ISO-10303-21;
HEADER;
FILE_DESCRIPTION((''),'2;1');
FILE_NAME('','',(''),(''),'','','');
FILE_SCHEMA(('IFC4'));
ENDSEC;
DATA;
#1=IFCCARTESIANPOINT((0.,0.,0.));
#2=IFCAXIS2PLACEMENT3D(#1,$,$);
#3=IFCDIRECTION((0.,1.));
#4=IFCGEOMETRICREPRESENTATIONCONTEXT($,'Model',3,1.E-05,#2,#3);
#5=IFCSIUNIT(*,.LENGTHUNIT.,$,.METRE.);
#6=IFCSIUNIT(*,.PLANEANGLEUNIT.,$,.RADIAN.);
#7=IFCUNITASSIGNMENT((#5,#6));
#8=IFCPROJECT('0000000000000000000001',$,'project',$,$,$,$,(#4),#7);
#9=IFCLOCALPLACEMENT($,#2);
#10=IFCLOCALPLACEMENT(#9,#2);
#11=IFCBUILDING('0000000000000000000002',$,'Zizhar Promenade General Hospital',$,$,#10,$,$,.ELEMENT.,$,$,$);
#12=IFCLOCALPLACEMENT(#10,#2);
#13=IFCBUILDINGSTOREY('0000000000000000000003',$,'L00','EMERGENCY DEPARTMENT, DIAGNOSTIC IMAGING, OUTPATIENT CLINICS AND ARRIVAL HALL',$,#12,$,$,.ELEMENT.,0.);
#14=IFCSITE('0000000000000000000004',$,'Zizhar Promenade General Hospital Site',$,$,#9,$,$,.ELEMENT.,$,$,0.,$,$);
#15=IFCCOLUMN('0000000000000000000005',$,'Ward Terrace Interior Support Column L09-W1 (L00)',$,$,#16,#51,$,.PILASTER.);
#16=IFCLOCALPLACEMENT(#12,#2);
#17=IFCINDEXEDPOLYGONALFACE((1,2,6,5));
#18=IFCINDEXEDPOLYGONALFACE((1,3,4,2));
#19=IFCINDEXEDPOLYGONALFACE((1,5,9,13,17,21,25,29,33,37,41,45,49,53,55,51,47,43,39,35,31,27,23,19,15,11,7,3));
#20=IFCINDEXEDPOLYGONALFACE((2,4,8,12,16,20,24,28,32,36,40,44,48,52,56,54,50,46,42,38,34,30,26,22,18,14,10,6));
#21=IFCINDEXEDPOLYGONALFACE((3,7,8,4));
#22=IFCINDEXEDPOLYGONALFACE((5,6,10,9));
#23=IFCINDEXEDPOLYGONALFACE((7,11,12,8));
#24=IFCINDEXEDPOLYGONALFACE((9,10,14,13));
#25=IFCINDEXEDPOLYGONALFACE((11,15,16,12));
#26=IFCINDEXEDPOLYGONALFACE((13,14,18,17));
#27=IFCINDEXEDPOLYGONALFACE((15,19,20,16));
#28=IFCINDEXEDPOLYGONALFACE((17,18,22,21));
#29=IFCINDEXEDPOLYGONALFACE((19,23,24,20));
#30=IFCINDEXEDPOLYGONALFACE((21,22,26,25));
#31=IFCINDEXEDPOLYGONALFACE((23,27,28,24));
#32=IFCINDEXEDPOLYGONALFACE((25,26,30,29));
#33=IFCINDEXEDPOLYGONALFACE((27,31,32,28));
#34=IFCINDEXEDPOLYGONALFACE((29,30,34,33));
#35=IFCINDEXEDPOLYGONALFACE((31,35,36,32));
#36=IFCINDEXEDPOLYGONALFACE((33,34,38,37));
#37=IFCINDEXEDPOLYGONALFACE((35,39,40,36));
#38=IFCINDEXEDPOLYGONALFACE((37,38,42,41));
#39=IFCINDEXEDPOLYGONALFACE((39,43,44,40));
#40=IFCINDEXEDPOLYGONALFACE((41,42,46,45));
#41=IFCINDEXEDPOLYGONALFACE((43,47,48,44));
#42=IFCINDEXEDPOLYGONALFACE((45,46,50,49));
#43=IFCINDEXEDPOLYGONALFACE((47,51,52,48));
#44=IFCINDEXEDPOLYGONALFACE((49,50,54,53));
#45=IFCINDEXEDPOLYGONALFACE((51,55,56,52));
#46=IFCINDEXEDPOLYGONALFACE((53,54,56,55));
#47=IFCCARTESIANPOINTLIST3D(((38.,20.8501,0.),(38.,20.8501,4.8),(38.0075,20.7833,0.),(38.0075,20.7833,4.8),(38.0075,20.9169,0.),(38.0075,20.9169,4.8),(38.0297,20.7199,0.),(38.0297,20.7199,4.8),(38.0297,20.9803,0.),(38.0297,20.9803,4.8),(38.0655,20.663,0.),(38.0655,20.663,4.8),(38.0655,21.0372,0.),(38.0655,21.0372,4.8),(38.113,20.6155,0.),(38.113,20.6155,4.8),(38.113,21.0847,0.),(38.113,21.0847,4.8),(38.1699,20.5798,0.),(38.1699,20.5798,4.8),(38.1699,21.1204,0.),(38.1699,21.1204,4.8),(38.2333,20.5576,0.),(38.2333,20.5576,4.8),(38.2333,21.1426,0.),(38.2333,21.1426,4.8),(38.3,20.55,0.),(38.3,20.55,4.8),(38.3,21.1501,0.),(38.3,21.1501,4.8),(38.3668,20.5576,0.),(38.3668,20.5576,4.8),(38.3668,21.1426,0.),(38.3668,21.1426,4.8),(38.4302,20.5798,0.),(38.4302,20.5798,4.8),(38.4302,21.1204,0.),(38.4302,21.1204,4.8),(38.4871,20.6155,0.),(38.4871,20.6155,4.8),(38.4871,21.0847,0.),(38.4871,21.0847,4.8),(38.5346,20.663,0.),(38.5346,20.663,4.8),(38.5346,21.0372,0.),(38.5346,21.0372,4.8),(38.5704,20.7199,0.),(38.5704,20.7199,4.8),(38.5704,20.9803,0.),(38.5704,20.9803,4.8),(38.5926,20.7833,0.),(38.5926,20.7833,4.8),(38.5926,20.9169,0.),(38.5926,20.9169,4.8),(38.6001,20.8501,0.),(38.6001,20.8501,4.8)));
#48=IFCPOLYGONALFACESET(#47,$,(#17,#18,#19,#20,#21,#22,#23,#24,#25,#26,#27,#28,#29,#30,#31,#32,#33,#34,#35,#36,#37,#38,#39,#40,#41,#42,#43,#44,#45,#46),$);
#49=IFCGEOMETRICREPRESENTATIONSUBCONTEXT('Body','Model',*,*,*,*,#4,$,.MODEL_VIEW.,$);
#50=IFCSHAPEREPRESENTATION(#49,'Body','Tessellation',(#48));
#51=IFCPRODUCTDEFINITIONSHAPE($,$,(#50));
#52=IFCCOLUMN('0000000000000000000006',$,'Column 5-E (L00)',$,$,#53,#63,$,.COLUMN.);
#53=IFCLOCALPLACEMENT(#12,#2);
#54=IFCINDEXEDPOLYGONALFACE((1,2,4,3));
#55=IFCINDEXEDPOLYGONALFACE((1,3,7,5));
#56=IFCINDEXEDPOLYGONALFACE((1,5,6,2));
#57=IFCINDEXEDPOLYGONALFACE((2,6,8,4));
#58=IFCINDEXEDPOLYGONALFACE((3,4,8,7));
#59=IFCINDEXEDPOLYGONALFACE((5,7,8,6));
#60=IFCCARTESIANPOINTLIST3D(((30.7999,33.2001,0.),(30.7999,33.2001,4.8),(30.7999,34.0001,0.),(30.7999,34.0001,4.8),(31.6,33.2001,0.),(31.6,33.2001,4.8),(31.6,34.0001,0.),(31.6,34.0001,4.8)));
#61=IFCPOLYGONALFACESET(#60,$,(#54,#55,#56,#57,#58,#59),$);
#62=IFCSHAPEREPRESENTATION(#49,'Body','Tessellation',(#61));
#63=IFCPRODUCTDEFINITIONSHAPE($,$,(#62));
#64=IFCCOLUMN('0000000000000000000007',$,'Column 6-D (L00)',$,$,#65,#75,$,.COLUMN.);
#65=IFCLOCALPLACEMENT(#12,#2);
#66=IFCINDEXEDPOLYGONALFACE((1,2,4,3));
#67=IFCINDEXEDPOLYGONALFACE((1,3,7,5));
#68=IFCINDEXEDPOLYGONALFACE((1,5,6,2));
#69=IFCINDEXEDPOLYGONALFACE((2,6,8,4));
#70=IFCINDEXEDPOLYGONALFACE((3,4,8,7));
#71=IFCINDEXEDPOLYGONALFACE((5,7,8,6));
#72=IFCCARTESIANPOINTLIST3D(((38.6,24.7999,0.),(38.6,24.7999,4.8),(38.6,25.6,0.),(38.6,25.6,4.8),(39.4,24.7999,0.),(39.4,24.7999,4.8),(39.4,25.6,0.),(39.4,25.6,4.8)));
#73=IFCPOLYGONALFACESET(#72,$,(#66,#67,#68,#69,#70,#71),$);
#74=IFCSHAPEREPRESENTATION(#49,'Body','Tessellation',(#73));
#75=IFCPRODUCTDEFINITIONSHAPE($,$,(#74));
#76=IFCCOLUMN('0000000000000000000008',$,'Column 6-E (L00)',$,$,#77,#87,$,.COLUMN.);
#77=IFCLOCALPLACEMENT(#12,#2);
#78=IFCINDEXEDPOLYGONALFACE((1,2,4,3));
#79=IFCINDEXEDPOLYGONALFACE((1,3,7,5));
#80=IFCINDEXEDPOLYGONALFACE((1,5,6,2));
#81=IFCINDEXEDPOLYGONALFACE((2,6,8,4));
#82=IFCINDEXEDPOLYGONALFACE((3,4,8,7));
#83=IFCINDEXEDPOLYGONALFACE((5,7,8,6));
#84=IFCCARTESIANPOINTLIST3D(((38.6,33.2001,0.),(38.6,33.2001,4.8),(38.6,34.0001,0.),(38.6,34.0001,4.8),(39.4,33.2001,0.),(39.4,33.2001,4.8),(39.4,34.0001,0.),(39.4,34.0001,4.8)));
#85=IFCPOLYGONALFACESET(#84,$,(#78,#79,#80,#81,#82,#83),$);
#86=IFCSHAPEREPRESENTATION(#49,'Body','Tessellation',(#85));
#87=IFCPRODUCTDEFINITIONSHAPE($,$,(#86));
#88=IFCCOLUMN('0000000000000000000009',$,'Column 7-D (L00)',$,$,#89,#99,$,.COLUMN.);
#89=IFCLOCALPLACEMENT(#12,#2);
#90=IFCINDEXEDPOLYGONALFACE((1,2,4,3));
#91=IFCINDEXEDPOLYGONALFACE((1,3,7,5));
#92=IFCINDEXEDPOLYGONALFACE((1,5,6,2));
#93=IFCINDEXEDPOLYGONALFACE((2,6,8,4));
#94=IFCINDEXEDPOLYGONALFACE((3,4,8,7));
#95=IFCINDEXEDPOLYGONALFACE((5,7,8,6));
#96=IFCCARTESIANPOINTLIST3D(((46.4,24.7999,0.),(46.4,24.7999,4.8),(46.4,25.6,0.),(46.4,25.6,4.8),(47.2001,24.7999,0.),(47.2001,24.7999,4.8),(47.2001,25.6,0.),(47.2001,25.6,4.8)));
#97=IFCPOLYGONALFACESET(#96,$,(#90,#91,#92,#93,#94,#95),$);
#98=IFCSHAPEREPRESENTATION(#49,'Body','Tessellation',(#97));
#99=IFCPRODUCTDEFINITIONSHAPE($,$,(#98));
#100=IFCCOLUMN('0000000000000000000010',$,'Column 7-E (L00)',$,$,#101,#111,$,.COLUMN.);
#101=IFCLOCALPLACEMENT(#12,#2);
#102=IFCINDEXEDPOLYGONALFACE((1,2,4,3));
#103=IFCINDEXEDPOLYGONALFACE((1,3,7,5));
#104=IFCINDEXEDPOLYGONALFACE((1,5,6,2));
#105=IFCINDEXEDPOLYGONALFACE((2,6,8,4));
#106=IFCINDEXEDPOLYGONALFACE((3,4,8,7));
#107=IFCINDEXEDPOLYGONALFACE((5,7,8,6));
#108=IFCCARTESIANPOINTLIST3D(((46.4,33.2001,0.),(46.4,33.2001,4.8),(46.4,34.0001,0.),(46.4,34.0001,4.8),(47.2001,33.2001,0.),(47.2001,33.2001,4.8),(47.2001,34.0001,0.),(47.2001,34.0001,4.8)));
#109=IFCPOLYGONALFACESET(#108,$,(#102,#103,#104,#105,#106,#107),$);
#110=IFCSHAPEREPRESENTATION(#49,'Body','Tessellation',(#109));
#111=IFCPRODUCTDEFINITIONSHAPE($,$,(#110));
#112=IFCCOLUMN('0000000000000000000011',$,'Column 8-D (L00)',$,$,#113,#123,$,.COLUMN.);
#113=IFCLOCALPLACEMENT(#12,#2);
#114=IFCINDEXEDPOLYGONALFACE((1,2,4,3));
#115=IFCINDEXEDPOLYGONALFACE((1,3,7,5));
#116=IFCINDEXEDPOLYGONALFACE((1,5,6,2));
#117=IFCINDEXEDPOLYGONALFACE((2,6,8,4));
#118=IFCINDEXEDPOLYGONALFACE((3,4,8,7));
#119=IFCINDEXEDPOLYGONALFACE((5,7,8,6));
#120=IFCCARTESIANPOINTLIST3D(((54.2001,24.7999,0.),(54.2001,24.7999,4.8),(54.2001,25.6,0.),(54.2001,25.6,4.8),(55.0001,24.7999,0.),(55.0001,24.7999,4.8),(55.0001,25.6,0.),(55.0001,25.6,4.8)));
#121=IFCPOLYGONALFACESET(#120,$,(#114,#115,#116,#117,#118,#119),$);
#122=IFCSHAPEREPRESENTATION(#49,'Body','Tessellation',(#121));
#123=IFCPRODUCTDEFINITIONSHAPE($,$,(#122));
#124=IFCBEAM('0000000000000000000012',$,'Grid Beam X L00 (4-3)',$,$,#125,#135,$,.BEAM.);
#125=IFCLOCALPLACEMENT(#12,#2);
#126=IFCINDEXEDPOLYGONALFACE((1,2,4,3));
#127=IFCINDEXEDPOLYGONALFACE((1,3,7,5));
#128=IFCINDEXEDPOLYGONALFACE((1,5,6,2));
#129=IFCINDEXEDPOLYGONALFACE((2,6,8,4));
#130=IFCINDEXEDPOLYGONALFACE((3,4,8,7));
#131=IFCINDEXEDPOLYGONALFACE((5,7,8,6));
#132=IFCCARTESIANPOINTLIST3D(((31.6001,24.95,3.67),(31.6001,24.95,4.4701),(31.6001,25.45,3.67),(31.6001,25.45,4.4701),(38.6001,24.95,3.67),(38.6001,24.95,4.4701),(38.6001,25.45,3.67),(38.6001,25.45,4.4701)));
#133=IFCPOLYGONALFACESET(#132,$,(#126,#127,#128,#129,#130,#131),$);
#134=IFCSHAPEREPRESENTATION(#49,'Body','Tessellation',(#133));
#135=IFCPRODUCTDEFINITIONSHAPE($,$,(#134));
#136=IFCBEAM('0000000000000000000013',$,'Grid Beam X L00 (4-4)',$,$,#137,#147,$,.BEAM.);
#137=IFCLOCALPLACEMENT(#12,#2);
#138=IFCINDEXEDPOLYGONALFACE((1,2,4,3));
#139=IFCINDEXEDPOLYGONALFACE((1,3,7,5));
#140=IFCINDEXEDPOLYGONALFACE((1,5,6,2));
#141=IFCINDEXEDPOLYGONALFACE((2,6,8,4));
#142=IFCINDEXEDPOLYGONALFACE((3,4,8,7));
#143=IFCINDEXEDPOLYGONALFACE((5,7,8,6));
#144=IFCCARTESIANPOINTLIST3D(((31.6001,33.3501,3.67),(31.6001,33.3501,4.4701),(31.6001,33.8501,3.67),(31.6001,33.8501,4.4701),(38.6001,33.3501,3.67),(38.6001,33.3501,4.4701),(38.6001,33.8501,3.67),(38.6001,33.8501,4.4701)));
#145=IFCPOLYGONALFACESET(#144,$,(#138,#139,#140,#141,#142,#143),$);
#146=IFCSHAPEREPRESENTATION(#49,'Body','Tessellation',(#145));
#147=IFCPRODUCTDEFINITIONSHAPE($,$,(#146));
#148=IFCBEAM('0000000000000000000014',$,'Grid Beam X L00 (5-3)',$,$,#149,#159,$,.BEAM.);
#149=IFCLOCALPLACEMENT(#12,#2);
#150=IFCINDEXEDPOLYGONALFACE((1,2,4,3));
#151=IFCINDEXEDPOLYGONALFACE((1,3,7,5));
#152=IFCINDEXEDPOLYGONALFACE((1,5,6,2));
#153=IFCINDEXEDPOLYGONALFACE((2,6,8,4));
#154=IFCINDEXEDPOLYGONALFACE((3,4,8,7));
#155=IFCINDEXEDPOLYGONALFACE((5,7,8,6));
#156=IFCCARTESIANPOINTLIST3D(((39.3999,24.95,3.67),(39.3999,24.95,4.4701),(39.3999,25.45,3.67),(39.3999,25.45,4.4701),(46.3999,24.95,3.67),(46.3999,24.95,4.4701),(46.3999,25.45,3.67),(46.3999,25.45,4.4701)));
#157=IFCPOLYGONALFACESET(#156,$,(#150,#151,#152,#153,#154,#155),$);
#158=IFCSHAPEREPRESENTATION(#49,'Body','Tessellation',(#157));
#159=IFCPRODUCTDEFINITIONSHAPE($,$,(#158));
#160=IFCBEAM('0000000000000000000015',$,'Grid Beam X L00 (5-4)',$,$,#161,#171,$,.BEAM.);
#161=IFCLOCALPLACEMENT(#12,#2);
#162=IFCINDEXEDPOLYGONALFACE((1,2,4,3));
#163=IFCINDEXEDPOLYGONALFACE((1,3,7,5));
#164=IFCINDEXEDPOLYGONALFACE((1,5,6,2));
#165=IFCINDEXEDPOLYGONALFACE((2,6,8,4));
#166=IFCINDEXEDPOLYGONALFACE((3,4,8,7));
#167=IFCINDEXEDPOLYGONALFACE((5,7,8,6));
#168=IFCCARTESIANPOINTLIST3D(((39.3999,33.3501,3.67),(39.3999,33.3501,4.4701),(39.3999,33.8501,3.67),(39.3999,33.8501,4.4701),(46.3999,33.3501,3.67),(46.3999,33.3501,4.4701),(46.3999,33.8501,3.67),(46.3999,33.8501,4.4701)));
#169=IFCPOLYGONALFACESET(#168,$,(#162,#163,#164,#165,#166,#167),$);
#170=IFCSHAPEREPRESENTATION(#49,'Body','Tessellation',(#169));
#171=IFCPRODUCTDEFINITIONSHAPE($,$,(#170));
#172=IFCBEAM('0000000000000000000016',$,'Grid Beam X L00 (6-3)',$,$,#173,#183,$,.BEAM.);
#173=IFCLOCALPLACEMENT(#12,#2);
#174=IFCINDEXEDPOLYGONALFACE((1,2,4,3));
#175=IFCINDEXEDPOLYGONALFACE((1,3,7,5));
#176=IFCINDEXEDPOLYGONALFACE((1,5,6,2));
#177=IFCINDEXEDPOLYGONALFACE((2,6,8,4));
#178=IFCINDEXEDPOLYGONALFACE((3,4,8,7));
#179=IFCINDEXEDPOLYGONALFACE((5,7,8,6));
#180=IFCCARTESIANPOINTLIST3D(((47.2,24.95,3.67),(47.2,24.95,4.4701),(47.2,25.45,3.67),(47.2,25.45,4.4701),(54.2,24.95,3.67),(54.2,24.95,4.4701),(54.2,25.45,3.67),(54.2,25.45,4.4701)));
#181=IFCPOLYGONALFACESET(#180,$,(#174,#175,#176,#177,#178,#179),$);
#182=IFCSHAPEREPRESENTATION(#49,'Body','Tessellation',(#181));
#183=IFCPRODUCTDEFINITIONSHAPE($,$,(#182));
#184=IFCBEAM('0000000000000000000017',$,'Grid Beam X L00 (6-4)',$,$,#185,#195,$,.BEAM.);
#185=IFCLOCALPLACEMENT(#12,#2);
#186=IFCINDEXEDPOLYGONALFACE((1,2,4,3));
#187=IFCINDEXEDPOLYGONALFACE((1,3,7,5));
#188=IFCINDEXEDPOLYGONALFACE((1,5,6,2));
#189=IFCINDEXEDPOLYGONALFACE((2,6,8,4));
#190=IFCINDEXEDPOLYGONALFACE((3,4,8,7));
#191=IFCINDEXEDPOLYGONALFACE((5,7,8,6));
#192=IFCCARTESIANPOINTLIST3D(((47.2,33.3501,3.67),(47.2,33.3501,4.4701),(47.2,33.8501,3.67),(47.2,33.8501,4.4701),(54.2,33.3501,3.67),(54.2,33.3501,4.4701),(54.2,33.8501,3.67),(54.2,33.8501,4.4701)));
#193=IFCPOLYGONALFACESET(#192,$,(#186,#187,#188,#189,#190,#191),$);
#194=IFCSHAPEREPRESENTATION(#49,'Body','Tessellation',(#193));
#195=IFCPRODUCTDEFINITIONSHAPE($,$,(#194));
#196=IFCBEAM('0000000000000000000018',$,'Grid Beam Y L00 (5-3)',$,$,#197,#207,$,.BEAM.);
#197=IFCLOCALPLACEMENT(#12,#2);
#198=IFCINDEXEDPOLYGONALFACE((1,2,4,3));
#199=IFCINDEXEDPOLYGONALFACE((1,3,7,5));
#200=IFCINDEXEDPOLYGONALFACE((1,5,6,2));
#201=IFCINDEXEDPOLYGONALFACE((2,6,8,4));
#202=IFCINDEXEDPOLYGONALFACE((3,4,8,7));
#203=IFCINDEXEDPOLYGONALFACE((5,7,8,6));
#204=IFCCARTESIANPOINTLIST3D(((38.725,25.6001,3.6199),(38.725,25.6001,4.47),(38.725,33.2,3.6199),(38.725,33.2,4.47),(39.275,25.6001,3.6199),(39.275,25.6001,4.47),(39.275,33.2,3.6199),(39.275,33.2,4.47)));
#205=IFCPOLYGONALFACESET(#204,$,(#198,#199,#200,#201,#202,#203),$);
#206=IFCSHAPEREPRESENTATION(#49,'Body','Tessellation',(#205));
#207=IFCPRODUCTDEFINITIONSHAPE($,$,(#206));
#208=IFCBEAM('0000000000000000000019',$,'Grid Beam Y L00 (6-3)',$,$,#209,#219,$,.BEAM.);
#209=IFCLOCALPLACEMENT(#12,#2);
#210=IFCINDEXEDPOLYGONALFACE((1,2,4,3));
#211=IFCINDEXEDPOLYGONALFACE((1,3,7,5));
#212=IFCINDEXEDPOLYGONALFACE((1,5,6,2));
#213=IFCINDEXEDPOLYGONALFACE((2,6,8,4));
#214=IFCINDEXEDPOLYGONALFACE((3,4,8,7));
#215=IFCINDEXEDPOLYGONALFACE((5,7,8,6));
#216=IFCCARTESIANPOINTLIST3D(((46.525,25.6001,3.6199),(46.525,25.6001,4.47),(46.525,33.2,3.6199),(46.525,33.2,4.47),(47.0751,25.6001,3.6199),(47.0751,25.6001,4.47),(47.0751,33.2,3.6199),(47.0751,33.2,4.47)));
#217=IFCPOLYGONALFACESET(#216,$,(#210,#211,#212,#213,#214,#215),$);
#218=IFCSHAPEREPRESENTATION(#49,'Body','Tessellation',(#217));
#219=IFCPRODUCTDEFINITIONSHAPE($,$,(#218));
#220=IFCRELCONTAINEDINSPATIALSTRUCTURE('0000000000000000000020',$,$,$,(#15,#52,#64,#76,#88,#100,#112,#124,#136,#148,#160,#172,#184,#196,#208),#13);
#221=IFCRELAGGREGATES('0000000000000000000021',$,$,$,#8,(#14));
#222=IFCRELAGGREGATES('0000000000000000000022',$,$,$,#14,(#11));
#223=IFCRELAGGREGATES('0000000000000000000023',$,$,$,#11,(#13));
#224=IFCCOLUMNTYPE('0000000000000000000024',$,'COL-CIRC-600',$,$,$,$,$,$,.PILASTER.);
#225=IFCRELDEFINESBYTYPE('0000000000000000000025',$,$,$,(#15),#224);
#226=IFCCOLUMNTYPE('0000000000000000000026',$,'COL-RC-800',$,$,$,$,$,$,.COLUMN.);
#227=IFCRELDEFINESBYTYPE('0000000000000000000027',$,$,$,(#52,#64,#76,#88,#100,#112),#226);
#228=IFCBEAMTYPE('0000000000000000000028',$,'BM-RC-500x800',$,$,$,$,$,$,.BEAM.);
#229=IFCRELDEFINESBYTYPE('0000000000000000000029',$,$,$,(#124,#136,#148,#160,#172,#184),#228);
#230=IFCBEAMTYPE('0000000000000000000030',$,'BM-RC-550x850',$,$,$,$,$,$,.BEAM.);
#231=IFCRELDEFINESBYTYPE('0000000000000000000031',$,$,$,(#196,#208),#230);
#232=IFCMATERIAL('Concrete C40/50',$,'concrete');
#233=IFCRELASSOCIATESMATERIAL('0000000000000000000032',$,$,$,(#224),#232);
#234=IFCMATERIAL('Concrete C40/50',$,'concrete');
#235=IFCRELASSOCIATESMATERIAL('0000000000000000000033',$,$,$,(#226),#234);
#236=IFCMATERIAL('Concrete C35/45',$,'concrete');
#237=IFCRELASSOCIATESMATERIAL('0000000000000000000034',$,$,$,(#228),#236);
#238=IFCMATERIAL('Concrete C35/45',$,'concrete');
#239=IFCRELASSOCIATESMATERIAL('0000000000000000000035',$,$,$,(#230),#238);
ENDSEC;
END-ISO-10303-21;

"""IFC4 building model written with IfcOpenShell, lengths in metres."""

from ifc_helpers import new_model, si_unit, direction, frame, origin, origin_2d, place, context, subcontext, project, spatial, rectangle, circle, extrude, material, material_profile, profile_set, type_object, element, save


model = new_model("IFC4")

# Units and contexts
model_context = context("Model", 3, precision=1e-05, world=origin(), true_north=direction((0.0, 1.0)))
body_context = subcontext(model_context, "Body", "Model", "MODEL_VIEW")
ifc_project = project(units=[si_unit("LENGTHUNIT", "METRE"), si_unit("PLANEANGLEUNIT", "RADIAN")], contexts=[model_context])

# Site, building, storey
site_placement = place(None, origin())
site = spatial("IfcSite", under=ifc_project, at=site_placement, Name="Zizhar Promenade General Hospital Site", CompositionType="ELEMENT", RefElevation=0.0)
building_placement = place(site_placement, origin())
building = spatial("IfcBuilding", under=site, at=building_placement, Name="Zizhar Promenade General Hospital", CompositionType="ELEMENT")
storey_placement = place(building_placement, origin())
storey = spatial("IfcBuildingStorey", under=building, at=storey_placement, Name="L00", Description="EMERGENCY DEPARTMENT, DIAGNOSTIC IMAGING, OUTPATIENT CLINICS AND ARRIVAL HALL", CompositionType="ELEMENT", Elevation=0.0)

# Columns
ifc_material_1 = material(Name="Concrete C40/50", Category="concrete")
ifc_material_profile_1 = material_profile(ifc_material_1, circle(Radius=0.3, at=origin_2d()))
ifc_profile_set_1 = profile_set([ifc_material_profile_1], Name="Concrete C40/50")
column_type_1 = type_object("IfcColumnType", Name="COL-CIRC-600", PredefinedType="PILASTER", material=ifc_profile_set_1)
column_placement = place(storey_placement, frame((38.3, 20.8501, 0.0), z_axis=(0.0, 0.0, 1.0), x_axis=(1.0, 0.0, 0.0)))
element("IfcColumn", 1, at=column_placement, inside=storey, type_object=column_type_1, Name="Ward Terrace Interior Support Column L09-W1 (L00)", PredefinedType="PILASTER", context=body_context, shape_type="SweptSolid", body=[
    extrude(circle(Radius=0.3, at=origin_2d()), origin(), (0.0, 0.0, 1.0), 4.8),
])
ifc_material_2 = material(Name="Concrete C40/50", Category="concrete")
ifc_material_profile_2 = material_profile(ifc_material_2, rectangle(XDim=0.8, YDim=0.8, at=origin_2d()))
ifc_profile_set_2 = profile_set([ifc_material_profile_2], Name="Concrete C40/50")
column_type_2 = type_object("IfcColumnType", Name="COL-RC-800", PredefinedType="COLUMN", material=ifc_profile_set_2)
for number, where, z_axis, x_axis, name in (
    (2, (31.2, 33.6001, 0.0), (0.0, 0.0, 1.0), (1.0, 0.0, 0.0), "Column 5-E (L00)"),
    (3, (39.0, 25.2, 0.0), (0.0, 0.0, 1.0), (1.0, 0.0, 0.0), "Column 6-D (L00)"),
    (4, (39.0, 33.6001, 0.0), (0.0, 0.0, 1.0), (1.0, 0.0, 0.0), "Column 6-E (L00)"),
    (5, (46.8, 25.2, 0.0), (0.0, 0.0, 1.0), (1.0, 0.0, 0.0), "Column 7-D (L00)"),
    (6, (46.8, 33.6001, 0.0), (0.0, 0.0, 1.0), (1.0, 0.0, 0.0), "Column 7-E (L00)"),
    (7, (54.6001, 25.2, 0.0), (0.0, 0.0, 1.0), (1.0, 0.0, 0.0), "Column 8-D (L00)"),
):
    element("IfcColumn", number, at=place(storey_placement, frame(where, z_axis=z_axis, x_axis=x_axis)), inside=storey, type_object=column_type_2, Name=name, PredefinedType="COLUMN", context=body_context, shape_type="SweptSolid", body=[
        extrude(rectangle(XDim=0.8, YDim=0.8, at=origin_2d()), origin(), (0.0, 0.0, 1.0), 4.8),
    ])

# Beams
ifc_material_3 = material(Name="Concrete C35/45", Category="concrete")
ifc_material_profile_3 = material_profile(ifc_material_3, rectangle(XDim=0.5, YDim=0.8, at=origin_2d()))
ifc_profile_set_3 = profile_set([ifc_material_profile_3], Name="Concrete C35/45")
beam_type_1 = type_object("IfcBeamType", Name="BM-RC-500x800", PredefinedType="BEAM", material=ifc_profile_set_3)
for number, where, z_axis, x_axis, name in (
    (8, (31.6001, 25.2, 4.0701), (1.0, 0.0, 0.0), (0.0, 1.0, 0.0), "Grid Beam X L00 (4-3)"),
    (9, (31.6001, 33.6001, 4.0701), (1.0, 0.0, 0.0), (0.0, 1.0, 0.0), "Grid Beam X L00 (4-4)"),
    (10, (39.3999, 25.2, 4.0701), (1.0, 0.0, 0.0), (0.0, 1.0, 0.0), "Grid Beam X L00 (5-3)"),
    (11, (39.3999, 33.6001, 4.0701), (1.0, 0.0, 0.0), (0.0, 1.0, 0.0), "Grid Beam X L00 (5-4)"),
    (12, (47.2, 25.2, 4.0701), (1.0, 0.0, 0.0), (0.0, 1.0, 0.0), "Grid Beam X L00 (6-3)"),
    (13, (47.2, 33.6001, 4.0701), (1.0, 0.0, 0.0), (0.0, 1.0, 0.0), "Grid Beam X L00 (6-4)"),
):
    element("IfcBeam", number, at=place(storey_placement, frame(where, z_axis=z_axis, x_axis=x_axis)), inside=storey, type_object=beam_type_1, Name=name, PredefinedType="BEAM", context=body_context, shape_type="SweptSolid", body=[
        extrude(rectangle(XDim=0.5, YDim=0.8, at=origin_2d()), origin(), (0.0, 0.0, 1.0), 7.0),
    ])
ifc_material_4 = material(Name="Concrete C35/45", Category="concrete")
ifc_material_profile_4 = material_profile(ifc_material_4, rectangle(XDim=0.55, YDim=0.8501, at=origin_2d()))
ifc_profile_set_4 = profile_set([ifc_material_profile_4], Name="Concrete C35/45")
beam_type_2 = type_object("IfcBeamType", Name="BM-RC-550x850", PredefinedType="BEAM", material=ifc_profile_set_4)
for number, where, z_axis, x_axis, name in (
    (14, (39.0, 25.6001, 4.0449), (0.0, 1.0, 0.0), (-1.0, 0.0, 0.0), "Grid Beam Y L00 (5-3)"),
    (15, (46.8, 25.6001, 4.0449), (0.0, 1.0, 0.0), (-1.0, 0.0, 0.0), "Grid Beam Y L00 (6-3)"),
):
    element("IfcBeam", number, at=place(storey_placement, frame(where, z_axis=z_axis, x_axis=x_axis)), inside=storey, type_object=beam_type_2, Name=name, PredefinedType="BEAM", context=body_context, shape_type="SweptSolid", body=[
        extrude(rectangle(XDim=0.55, YDim=0.8501, at=origin_2d()), origin(), (0.0, 0.0, 1.0), 7.5999),
    ])

save(model, "model.ifc")
